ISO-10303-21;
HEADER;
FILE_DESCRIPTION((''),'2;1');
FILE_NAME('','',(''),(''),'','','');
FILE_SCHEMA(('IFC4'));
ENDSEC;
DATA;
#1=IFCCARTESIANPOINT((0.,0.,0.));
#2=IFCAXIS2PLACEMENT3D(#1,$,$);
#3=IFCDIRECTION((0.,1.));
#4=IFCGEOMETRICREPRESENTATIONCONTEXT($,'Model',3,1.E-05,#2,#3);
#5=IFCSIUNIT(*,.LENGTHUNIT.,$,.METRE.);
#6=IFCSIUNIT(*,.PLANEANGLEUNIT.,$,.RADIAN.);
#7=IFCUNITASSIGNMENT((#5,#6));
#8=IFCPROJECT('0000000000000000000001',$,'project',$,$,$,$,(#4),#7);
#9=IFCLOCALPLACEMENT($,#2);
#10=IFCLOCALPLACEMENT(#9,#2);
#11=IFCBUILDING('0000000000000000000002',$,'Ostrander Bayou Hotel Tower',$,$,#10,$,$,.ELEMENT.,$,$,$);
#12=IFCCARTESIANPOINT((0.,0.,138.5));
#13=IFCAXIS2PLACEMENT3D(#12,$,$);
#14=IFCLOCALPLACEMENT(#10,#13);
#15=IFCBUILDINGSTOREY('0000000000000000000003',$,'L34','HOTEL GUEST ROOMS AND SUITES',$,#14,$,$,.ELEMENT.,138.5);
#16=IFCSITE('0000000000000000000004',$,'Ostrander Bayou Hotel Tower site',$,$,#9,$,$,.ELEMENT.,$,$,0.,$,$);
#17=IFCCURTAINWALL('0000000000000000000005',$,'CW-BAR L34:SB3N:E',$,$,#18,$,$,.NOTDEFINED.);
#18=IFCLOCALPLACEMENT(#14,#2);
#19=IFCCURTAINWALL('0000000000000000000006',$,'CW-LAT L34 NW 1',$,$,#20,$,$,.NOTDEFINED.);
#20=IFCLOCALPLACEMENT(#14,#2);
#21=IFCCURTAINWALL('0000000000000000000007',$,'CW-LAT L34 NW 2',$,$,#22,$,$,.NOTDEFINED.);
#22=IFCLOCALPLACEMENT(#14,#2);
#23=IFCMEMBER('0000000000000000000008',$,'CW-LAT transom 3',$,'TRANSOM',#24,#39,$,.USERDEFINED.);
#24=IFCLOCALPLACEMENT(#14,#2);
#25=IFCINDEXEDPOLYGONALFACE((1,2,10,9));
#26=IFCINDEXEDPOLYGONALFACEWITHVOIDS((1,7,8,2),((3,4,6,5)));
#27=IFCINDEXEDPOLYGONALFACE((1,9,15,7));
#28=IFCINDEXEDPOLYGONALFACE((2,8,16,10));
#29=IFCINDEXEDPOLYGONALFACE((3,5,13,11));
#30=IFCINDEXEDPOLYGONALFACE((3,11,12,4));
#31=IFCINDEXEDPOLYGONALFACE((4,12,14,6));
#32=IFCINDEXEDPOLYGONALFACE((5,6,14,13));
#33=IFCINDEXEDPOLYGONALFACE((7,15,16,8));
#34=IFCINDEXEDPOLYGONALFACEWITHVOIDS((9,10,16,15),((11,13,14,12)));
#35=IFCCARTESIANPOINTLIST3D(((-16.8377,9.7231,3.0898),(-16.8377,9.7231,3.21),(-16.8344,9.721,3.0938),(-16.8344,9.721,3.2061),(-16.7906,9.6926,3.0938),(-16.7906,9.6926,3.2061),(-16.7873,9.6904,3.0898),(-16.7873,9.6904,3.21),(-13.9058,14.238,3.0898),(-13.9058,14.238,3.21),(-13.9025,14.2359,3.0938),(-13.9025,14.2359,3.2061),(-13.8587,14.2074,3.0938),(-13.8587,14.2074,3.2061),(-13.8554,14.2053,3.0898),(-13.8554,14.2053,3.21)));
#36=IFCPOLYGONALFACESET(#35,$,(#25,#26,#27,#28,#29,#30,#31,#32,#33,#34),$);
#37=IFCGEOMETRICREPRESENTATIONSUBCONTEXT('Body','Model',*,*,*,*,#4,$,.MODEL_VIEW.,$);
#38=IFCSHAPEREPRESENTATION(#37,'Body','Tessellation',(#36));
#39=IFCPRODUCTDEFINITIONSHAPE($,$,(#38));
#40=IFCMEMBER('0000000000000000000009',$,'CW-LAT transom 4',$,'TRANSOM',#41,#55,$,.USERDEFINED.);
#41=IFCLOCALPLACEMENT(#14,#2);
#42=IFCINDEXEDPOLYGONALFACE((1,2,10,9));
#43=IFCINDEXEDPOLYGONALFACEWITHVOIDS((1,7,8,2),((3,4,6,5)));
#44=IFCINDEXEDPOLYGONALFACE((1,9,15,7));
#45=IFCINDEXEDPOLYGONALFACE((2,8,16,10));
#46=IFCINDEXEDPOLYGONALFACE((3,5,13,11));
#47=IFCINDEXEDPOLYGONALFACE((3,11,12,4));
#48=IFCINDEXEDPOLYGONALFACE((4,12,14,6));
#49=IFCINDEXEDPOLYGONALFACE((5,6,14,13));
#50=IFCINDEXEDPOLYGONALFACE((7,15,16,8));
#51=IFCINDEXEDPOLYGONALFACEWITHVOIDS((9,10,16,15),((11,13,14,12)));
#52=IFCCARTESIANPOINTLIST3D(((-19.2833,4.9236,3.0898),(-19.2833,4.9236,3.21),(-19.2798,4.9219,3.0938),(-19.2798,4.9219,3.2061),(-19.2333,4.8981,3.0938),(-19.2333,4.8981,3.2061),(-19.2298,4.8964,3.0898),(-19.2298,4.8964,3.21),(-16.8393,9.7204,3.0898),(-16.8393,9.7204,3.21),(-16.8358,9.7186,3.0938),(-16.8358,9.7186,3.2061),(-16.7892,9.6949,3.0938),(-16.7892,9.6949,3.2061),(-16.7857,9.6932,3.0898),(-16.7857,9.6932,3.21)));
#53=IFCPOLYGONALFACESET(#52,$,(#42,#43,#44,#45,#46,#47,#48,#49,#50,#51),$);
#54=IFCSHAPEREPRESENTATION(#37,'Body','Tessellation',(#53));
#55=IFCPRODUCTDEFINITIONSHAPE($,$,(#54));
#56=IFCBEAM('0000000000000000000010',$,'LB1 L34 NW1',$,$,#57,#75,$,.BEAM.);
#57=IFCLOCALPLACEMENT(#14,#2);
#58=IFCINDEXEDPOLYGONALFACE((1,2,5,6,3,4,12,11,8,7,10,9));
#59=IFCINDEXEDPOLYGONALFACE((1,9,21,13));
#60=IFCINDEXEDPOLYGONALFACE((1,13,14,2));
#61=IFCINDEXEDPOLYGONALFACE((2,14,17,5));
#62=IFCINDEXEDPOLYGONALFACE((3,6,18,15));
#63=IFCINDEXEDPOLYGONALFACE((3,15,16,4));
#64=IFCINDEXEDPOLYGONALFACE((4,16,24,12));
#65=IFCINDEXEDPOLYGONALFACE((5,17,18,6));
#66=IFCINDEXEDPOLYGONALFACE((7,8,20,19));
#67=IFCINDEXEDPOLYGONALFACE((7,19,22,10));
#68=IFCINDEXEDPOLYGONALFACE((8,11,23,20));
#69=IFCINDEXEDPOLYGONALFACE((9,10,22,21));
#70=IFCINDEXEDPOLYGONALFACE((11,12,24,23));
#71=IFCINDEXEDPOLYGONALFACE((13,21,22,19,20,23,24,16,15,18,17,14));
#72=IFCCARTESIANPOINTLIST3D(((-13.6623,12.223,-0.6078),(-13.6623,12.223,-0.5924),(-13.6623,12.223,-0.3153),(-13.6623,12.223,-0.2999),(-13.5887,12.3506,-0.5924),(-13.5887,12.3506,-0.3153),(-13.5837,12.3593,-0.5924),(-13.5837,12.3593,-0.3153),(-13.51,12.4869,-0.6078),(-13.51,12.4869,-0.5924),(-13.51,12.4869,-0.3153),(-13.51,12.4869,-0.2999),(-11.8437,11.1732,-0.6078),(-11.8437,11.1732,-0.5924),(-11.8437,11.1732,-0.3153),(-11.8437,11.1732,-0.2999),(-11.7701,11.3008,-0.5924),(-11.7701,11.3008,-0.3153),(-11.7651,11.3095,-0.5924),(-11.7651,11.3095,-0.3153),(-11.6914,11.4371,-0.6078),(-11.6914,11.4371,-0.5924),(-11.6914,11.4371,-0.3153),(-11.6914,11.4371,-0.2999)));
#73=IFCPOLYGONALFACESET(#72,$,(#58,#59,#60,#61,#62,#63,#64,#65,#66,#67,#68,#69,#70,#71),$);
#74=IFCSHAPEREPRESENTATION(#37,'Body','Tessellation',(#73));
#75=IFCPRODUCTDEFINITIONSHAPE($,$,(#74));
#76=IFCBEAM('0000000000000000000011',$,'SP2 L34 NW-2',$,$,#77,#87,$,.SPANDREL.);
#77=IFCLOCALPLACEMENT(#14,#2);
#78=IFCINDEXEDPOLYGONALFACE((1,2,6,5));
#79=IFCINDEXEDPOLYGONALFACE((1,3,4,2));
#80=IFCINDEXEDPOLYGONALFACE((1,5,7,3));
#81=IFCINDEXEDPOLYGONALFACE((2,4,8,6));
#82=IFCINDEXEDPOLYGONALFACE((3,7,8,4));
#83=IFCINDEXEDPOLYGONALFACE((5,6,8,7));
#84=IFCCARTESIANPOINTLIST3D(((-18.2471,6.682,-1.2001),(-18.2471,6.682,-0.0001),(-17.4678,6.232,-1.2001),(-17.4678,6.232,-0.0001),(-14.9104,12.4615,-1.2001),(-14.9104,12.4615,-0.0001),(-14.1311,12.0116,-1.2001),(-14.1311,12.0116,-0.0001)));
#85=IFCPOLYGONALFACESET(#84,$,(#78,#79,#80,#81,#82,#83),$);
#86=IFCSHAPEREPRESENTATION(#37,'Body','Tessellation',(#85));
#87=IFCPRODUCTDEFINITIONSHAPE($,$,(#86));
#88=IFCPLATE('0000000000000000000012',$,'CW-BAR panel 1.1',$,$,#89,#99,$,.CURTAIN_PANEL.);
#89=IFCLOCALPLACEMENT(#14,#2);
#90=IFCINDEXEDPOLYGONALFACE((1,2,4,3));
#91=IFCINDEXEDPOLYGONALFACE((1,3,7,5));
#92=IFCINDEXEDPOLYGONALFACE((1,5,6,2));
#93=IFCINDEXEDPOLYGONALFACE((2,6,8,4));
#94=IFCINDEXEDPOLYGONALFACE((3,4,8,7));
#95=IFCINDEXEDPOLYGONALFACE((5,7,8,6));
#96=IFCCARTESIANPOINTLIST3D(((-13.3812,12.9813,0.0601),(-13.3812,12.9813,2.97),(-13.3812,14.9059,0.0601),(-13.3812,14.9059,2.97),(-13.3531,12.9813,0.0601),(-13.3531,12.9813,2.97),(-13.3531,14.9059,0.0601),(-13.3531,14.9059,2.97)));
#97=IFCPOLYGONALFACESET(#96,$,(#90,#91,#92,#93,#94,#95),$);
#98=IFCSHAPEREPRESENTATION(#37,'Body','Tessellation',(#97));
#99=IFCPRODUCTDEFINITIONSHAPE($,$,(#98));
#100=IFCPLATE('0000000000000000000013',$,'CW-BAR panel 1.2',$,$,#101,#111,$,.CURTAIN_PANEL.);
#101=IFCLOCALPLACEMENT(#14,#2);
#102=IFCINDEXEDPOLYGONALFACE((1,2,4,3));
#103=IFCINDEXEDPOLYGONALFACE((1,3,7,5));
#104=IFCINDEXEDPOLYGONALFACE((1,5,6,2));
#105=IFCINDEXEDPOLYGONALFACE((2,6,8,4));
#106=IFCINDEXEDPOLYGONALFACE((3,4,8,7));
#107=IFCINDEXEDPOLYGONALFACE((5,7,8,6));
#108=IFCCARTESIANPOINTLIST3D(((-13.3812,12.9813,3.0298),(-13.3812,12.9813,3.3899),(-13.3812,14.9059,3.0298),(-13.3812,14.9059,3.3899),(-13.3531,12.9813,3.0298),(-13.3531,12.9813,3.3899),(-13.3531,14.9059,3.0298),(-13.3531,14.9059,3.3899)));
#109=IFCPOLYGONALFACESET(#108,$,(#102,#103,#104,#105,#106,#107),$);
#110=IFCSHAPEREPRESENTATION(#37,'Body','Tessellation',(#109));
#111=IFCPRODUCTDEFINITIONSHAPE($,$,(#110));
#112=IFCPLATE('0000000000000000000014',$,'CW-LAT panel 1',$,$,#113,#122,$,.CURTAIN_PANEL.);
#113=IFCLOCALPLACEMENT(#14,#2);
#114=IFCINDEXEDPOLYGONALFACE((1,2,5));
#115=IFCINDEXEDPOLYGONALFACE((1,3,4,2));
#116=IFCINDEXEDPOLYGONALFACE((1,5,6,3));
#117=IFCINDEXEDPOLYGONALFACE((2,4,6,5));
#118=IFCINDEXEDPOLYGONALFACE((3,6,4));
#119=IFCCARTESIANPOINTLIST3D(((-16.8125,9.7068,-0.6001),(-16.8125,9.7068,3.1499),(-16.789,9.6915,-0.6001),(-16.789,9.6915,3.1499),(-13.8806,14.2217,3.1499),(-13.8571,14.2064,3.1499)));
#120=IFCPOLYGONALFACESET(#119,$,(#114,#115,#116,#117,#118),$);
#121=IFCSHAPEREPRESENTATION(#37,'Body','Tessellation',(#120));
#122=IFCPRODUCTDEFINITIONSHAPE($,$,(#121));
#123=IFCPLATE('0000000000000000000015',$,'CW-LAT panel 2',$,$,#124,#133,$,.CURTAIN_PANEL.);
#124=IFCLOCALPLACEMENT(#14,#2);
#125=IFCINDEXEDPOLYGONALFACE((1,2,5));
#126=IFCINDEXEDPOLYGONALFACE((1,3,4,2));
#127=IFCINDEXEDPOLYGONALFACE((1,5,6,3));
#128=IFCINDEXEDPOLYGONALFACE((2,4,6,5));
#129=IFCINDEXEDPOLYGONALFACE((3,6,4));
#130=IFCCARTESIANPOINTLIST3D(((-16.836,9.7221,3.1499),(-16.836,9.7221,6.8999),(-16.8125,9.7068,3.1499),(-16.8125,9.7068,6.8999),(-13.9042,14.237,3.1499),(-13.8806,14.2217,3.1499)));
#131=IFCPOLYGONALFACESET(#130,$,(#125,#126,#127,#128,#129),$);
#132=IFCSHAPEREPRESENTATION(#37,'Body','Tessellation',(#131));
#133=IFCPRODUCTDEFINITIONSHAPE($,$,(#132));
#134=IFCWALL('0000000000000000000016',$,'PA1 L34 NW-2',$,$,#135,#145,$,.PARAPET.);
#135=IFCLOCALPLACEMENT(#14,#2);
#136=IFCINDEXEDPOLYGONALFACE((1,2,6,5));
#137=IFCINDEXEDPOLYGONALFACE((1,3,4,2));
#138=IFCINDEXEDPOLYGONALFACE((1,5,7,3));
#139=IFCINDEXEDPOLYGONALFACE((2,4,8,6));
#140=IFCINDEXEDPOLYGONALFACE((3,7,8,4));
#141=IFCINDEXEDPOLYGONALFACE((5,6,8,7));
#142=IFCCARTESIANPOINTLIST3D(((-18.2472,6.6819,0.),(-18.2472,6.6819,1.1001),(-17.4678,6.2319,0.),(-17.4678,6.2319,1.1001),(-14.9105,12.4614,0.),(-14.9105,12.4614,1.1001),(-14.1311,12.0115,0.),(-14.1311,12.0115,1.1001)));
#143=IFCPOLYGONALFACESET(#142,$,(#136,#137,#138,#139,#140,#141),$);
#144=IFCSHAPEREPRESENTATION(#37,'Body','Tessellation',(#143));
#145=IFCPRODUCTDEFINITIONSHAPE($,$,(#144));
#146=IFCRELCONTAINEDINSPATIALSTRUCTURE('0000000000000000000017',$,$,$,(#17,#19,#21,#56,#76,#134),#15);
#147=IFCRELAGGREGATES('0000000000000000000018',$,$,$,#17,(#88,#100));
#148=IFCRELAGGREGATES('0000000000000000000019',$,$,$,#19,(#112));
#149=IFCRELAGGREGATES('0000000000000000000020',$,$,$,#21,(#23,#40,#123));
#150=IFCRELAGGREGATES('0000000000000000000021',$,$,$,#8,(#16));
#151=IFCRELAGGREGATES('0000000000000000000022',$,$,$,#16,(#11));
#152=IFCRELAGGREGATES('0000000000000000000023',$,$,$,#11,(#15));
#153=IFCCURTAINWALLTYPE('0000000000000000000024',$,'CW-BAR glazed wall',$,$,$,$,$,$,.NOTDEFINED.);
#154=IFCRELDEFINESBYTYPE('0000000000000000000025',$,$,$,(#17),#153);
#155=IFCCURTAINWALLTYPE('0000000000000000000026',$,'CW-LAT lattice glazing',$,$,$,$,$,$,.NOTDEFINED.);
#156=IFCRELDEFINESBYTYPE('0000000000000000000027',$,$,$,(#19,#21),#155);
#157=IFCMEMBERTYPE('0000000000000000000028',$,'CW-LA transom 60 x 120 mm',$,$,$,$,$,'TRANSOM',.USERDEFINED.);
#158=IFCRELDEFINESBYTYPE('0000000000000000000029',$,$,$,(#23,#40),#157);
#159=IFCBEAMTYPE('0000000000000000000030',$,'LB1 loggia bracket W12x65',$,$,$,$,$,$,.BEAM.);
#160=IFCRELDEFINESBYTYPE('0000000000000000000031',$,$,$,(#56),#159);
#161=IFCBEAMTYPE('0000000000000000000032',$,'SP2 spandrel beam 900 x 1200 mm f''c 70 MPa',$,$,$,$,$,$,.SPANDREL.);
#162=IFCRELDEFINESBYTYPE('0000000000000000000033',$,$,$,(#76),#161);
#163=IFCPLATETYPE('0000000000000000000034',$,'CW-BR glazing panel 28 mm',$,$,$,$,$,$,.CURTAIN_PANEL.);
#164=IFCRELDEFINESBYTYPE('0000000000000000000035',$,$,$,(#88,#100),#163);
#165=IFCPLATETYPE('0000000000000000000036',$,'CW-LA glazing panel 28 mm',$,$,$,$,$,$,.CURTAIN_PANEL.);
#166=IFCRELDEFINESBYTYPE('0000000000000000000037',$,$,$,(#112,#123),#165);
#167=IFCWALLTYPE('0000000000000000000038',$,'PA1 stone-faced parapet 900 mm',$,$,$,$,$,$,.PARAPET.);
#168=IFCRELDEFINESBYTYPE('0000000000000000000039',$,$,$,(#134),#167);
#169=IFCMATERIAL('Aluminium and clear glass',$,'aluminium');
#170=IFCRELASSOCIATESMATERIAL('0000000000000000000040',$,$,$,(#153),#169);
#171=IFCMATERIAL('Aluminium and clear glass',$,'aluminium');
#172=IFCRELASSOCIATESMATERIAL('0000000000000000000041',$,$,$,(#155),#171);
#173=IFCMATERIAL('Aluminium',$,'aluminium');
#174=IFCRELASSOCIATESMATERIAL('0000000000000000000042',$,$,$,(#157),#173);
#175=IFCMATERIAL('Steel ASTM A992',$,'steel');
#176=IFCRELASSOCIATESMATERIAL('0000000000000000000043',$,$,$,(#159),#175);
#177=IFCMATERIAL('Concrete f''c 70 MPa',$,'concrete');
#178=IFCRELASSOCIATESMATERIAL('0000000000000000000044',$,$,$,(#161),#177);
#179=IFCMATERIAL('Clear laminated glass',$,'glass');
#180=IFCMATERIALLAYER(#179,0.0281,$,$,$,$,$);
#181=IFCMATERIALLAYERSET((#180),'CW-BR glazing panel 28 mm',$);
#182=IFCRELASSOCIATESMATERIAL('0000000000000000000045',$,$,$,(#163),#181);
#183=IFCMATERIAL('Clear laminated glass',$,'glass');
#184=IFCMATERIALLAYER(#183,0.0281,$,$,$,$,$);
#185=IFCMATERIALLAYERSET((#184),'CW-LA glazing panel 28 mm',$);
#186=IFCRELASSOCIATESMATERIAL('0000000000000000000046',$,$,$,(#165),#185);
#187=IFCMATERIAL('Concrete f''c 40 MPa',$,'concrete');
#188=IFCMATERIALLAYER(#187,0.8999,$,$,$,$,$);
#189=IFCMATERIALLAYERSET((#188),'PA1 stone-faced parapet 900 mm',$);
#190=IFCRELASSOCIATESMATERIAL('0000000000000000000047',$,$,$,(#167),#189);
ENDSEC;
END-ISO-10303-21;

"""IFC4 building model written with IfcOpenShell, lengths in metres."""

from ifc_helpers import new_model, si_unit, direction, frame, frame_2d, origin, origin_2d, place, context, subcontext, project, spatial, polyline, rectangle, hollow_rectangle, i_section, outline, extrude, material, layer, layer_set, material_profile, profile_set, type_object, element, aggregate, save


model = new_model("IFC4")

# Units and contexts
model_context = context("Model", 3, precision=1e-05, world=origin(), true_north=direction((0.0, 1.0)))
body_context = subcontext(model_context, "Body", "Model", "MODEL_VIEW")
ifc_project = project(units=[si_unit("LENGTHUNIT", "METRE"), si_unit("PLANEANGLEUNIT", "RADIAN")], contexts=[model_context])

# Site, building, storey
site_placement = place(None, origin())
site = spatial("IfcSite", under=ifc_project, at=site_placement, Name="Ostrander Bayou Hotel Tower site", CompositionType="ELEMENT", RefElevation=0.0)
building_placement = place(site_placement, origin())
building = spatial("IfcBuilding", under=site, at=building_placement, Name="Ostrander Bayou Hotel Tower", CompositionType="ELEMENT")
storey_placement = place(building_placement, frame((0.0, 0.0, 138.5)))
storey = spatial("IfcBuildingStorey", under=building, at=storey_placement, Name="L34", Description="HOTEL GUEST ROOMS AND SUITES", CompositionType="ELEMENT", Elevation=138.5)

# Curtain walls, members
ifc_material_1 = material(Name="Aluminium and clear glass", Category="aluminium")
curtain_wall_type_1 = type_object("IfcCurtainWallType", Name="CW-BAR glazed wall", PredefinedType="NOTDEFINED", material=ifc_material_1)
curtain_wall_1_placement = place(storey_placement, origin())
curtain_wall_1 = element("IfcCurtainWall", 1, at=curtain_wall_1_placement, inside=storey, type_object=curtain_wall_type_1, Name="CW-BAR L34:SB3N:E", PredefinedType="NOTDEFINED")
ifc_material_2 = material(Name="Aluminium and clear glass", Category="aluminium")
curtain_wall_type_2 = type_object("IfcCurtainWallType", Name="CW-LAT lattice glazing", PredefinedType="NOTDEFINED", material=ifc_material_2)
curtain_wall_2_placement = place(storey_placement, origin())
curtain_wall_2 = element("IfcCurtainWall", 2, at=curtain_wall_2_placement, inside=storey, type_object=curtain_wall_type_2, Name="CW-LAT L34 NW 1", PredefinedType="NOTDEFINED")
curtain_wall_3_placement = place(storey_placement, origin())
curtain_wall_3 = element("IfcCurtainWall", 3, at=curtain_wall_3_placement, inside=storey, type_object=curtain_wall_type_2, Name="CW-LAT L34 NW 2", PredefinedType="NOTDEFINED")
ifc_material_3 = material(Name="Aluminium", Category="aluminium")
ifc_material_profile_1 = material_profile(ifc_material_3, hollow_rectangle(XDim=0.0601, YDim=0.1201, WallThickness=0.0039, at=origin_2d()))
ifc_profile_set_1 = profile_set([ifc_material_profile_1], Name="Aluminium")
member_type_1 = type_object("IfcMemberType", Name="CW-LA transom 60 x 120 mm", ElementType="TRANSOM", PredefinedType="USERDEFINED", material=ifc_profile_set_1)
member_1_placement = place(storey_placement, frame((-16.8125, 9.7068, 3.1499), z_axis=(0.544623, 0.838681, 0.0), x_axis=(-0.838681, 0.544623, 0.0)))
member_1 = element("IfcMember", 4, at=member_1_placement, type_object=member_type_1, Name="CW-LAT transom 3", ObjectType="TRANSOM", PredefinedType="USERDEFINED", context=body_context, shape_type="SweptSolid", body=[
    extrude(hollow_rectangle(XDim=0.0601, YDim=0.1201, WallThickness=0.0039, at=origin_2d()), origin(), (0.0, 0.0, 1.0), 5.3833),
])
member_2_placement = place(storey_placement, frame((-16.8125, 9.7068, 3.1499), z_axis=(-0.453985, -0.891009, 0.0), x_axis=(0.891009, -0.453985, 0.0)))
member_2 = element("IfcMember", 5, at=member_2_placement, type_object=member_type_1, Name="CW-LAT transom 4", ObjectType="TRANSOM", PredefinedType="USERDEFINED", context=body_context, shape_type="SweptSolid", body=[
    extrude(hollow_rectangle(XDim=0.0601, YDim=0.1201, WallThickness=0.0039, at=origin_2d()), origin(), (0.0, 0.0, 1.0), 5.3835),
])

# Beams
ifc_material_4 = material(Name="Steel ASTM A992", Category="steel")
ifc_material_profile_2 = material_profile(ifc_material_4, i_section(OverallWidth=0.3047, OverallDepth=0.3079, WebThickness=0.01, FlangeThickness=0.0154, at=origin_2d()))
ifc_profile_set_2 = profile_set([ifc_material_profile_2], Name="Steel ASTM A992")
beam_type_1 = type_object("IfcBeamType", Name="LB1 loggia bracket W12x65", PredefinedType="BEAM", material=ifc_profile_set_2)
beam_1_placement = place(storey_placement, frame((-13.5862, 12.355, -0.4539), z_axis=(0.86606, -0.499941, 0.0), x_axis=(0.499941, 0.86606, 0.0)))
element("IfcBeam", 6, at=beam_1_placement, inside=storey, type_object=beam_type_1, Name="LB1 L34 NW1", PredefinedType="BEAM", context=body_context, shape_type="SweptSolid", body=[
    extrude(i_section(OverallWidth=0.3047, OverallDepth=0.3079, WebThickness=0.01, FlangeThickness=0.0154, at=origin_2d()), origin(), (0.0, 0.0, 1.0), 2.0999),
])
ifc_material_5 = material(Name="Concrete f'c 70 MPa", Category="concrete")
ifc_material_profile_3 = material_profile(ifc_material_5, rectangle(XDim=0.8999, YDim=1.2, at=origin_2d()))
ifc_profile_set_3 = profile_set([ifc_material_profile_3], Name="Concrete f'c 70 MPa")
beam_type_2 = type_object("IfcBeamType", Name="SP2 spandrel beam 900 x 1200 mm f'c 70 MPa", PredefinedType="SPANDREL", material=ifc_profile_set_3)
beam_2_placement = place(storey_placement, frame((-14.5208, 12.2366, -0.6001), z_axis=(-0.499983, -0.866035, 0.0), x_axis=(0.866035, -0.499983, 0.0)))
element("IfcBeam", 7, at=beam_2_placement, inside=storey, type_object=beam_type_2, Name="SP2 L34 NW-2", PredefinedType="SPANDREL", context=body_context, shape_type="SweptSolid", body=[
    extrude(rectangle(XDim=0.8999, YDim=1.2, at=origin_2d()), origin(), (0.0, 0.0, 1.0), 6.6736),
])

# Plates
ifc_material_6 = material(Name="Clear laminated glass", Category="glass")
ifc_layer_1 = layer(ifc_material_6, 0.0281)
ifc_layer_set_1 = layer_set([ifc_layer_1], Name="CW-BR glazing panel 28 mm")
plate_type_1 = type_object("IfcPlateType", Name="CW-BR glazing panel 28 mm", PredefinedType="CURTAIN_PANEL", material=ifc_layer_set_1)
plate_1_placement = place(storey_placement, frame((-13.3672, 13.9436, 0.0601), z_axis=(0.0, 0.0, 1.0), x_axis=(0.0, 1.0, 0.0)))
plate_1 = element("IfcPlate", 8, at=plate_1_placement, type_object=plate_type_1, Name="CW-BAR panel 1.1", PredefinedType="CURTAIN_PANEL", context=body_context, shape_type="SweptSolid", body=[
    extrude(rectangle(XDim=1.9246, YDim=0.0281, at=origin_2d()), origin(), (0.0, 0.0, 1.0), 2.9099),
])
plate_2_placement = place(storey_placement, frame((-13.3672, 13.9436, 3.0298), z_axis=(0.0, 0.0, 1.0), x_axis=(0.0, 1.0, 0.0)))
plate_2 = element("IfcPlate", 9, at=plate_2_placement, type_object=plate_type_1, Name="CW-BAR panel 1.2", PredefinedType="CURTAIN_PANEL", context=body_context, shape_type="SweptSolid", body=[
    extrude(rectangle(XDim=1.9246, YDim=0.0281, at=origin_2d()), origin(), (0.0, 0.0, 1.0), 0.3601),
])
aggregate(curtain_wall_1, [plate_1, plate_2])
ifc_material_7 = material(Name="Clear laminated glass", Category="glass")
ifc_layer_2 = layer(ifc_material_7, 0.0281)
ifc_layer_set_2 = layer_set([ifc_layer_2], Name="CW-LA glazing panel 28 mm")
plate_type_2 = type_object("IfcPlateType", Name="CW-LA glazing panel 28 mm", PredefinedType="CURTAIN_PANEL", material=ifc_layer_set_2)
plate_3_placement = place(storey_placement, frame((-13.8806, 14.2217, 3.1499), z_axis=(-0.838681, 0.544623, 0.0), x_axis=(-0.446886, -0.688173, -0.571586)))
plate_3 = element("IfcPlate", 10, at=plate_3_placement, type_object=plate_type_2, Name="CW-LAT panel 1", PredefinedType="CURTAIN_PANEL", context=body_context, shape_type="SweptSolid", body=[
    extrude(outline(polyline([(0.0, 0.0), (6.5607, 0.0), (4.4172, 3.077), (0.0, 0.0)])), origin(), (0.0, 0.0, -1.0), 0.0281),
])
aggregate(curtain_wall_2, [plate_3])
plate_4_placement = place(storey_placement, frame((-13.8806, 14.2217, 3.1499), z_axis=(0.838681, -0.544623, 0.0), x_axis=(-0.446886, -0.688173, 0.571586)))
plate_4 = element("IfcPlate", 11, at=plate_4_placement, type_object=plate_type_2, Name="CW-LAT panel 2", PredefinedType="CURTAIN_PANEL", context=body_context, shape_type="SweptSolid", body=[
    extrude(outline(polyline([(0.0, 0.0), (6.5607, 0.0), (4.4172, 3.077), (0.0, 0.0)])), origin(), (0.0, 0.0, -1.0), 0.0281),
])
aggregate(curtain_wall_3, [member_1, member_2, plate_4])

# Wall
ifc_material_8 = material(Name="Concrete f'c 40 MPa", Category="concrete")
ifc_layer_3 = layer(ifc_material_8, 0.8999)
ifc_layer_set_3 = layer_set([ifc_layer_3], Name="PA1 stone-faced parapet 900 mm")
wall_type = type_object("IfcWallType", Name="PA1 stone-faced parapet 900 mm", PredefinedType="PARAPET", material=ifc_layer_set_3)
wall_placement = place(storey_placement, frame((-14.5208, 12.2366, 0.0), z_axis=(0.0, 0.0, 1.0), x_axis=(-0.499983, -0.866035, 0.0)))
element("IfcWall", 12, at=wall_placement, inside=storey, type_object=wall_type, Name="PA1 L34 NW-2", PredefinedType="PARAPET", context=body_context, shape_type="SweptSolid", body=[
    extrude(rectangle(XDim=6.6736, YDim=0.8999, at=frame_2d((3.3369, 0.0))), origin(), (0.0, 0.0, 1.0), 1.1001),
])

save(model, "model.ifc")
